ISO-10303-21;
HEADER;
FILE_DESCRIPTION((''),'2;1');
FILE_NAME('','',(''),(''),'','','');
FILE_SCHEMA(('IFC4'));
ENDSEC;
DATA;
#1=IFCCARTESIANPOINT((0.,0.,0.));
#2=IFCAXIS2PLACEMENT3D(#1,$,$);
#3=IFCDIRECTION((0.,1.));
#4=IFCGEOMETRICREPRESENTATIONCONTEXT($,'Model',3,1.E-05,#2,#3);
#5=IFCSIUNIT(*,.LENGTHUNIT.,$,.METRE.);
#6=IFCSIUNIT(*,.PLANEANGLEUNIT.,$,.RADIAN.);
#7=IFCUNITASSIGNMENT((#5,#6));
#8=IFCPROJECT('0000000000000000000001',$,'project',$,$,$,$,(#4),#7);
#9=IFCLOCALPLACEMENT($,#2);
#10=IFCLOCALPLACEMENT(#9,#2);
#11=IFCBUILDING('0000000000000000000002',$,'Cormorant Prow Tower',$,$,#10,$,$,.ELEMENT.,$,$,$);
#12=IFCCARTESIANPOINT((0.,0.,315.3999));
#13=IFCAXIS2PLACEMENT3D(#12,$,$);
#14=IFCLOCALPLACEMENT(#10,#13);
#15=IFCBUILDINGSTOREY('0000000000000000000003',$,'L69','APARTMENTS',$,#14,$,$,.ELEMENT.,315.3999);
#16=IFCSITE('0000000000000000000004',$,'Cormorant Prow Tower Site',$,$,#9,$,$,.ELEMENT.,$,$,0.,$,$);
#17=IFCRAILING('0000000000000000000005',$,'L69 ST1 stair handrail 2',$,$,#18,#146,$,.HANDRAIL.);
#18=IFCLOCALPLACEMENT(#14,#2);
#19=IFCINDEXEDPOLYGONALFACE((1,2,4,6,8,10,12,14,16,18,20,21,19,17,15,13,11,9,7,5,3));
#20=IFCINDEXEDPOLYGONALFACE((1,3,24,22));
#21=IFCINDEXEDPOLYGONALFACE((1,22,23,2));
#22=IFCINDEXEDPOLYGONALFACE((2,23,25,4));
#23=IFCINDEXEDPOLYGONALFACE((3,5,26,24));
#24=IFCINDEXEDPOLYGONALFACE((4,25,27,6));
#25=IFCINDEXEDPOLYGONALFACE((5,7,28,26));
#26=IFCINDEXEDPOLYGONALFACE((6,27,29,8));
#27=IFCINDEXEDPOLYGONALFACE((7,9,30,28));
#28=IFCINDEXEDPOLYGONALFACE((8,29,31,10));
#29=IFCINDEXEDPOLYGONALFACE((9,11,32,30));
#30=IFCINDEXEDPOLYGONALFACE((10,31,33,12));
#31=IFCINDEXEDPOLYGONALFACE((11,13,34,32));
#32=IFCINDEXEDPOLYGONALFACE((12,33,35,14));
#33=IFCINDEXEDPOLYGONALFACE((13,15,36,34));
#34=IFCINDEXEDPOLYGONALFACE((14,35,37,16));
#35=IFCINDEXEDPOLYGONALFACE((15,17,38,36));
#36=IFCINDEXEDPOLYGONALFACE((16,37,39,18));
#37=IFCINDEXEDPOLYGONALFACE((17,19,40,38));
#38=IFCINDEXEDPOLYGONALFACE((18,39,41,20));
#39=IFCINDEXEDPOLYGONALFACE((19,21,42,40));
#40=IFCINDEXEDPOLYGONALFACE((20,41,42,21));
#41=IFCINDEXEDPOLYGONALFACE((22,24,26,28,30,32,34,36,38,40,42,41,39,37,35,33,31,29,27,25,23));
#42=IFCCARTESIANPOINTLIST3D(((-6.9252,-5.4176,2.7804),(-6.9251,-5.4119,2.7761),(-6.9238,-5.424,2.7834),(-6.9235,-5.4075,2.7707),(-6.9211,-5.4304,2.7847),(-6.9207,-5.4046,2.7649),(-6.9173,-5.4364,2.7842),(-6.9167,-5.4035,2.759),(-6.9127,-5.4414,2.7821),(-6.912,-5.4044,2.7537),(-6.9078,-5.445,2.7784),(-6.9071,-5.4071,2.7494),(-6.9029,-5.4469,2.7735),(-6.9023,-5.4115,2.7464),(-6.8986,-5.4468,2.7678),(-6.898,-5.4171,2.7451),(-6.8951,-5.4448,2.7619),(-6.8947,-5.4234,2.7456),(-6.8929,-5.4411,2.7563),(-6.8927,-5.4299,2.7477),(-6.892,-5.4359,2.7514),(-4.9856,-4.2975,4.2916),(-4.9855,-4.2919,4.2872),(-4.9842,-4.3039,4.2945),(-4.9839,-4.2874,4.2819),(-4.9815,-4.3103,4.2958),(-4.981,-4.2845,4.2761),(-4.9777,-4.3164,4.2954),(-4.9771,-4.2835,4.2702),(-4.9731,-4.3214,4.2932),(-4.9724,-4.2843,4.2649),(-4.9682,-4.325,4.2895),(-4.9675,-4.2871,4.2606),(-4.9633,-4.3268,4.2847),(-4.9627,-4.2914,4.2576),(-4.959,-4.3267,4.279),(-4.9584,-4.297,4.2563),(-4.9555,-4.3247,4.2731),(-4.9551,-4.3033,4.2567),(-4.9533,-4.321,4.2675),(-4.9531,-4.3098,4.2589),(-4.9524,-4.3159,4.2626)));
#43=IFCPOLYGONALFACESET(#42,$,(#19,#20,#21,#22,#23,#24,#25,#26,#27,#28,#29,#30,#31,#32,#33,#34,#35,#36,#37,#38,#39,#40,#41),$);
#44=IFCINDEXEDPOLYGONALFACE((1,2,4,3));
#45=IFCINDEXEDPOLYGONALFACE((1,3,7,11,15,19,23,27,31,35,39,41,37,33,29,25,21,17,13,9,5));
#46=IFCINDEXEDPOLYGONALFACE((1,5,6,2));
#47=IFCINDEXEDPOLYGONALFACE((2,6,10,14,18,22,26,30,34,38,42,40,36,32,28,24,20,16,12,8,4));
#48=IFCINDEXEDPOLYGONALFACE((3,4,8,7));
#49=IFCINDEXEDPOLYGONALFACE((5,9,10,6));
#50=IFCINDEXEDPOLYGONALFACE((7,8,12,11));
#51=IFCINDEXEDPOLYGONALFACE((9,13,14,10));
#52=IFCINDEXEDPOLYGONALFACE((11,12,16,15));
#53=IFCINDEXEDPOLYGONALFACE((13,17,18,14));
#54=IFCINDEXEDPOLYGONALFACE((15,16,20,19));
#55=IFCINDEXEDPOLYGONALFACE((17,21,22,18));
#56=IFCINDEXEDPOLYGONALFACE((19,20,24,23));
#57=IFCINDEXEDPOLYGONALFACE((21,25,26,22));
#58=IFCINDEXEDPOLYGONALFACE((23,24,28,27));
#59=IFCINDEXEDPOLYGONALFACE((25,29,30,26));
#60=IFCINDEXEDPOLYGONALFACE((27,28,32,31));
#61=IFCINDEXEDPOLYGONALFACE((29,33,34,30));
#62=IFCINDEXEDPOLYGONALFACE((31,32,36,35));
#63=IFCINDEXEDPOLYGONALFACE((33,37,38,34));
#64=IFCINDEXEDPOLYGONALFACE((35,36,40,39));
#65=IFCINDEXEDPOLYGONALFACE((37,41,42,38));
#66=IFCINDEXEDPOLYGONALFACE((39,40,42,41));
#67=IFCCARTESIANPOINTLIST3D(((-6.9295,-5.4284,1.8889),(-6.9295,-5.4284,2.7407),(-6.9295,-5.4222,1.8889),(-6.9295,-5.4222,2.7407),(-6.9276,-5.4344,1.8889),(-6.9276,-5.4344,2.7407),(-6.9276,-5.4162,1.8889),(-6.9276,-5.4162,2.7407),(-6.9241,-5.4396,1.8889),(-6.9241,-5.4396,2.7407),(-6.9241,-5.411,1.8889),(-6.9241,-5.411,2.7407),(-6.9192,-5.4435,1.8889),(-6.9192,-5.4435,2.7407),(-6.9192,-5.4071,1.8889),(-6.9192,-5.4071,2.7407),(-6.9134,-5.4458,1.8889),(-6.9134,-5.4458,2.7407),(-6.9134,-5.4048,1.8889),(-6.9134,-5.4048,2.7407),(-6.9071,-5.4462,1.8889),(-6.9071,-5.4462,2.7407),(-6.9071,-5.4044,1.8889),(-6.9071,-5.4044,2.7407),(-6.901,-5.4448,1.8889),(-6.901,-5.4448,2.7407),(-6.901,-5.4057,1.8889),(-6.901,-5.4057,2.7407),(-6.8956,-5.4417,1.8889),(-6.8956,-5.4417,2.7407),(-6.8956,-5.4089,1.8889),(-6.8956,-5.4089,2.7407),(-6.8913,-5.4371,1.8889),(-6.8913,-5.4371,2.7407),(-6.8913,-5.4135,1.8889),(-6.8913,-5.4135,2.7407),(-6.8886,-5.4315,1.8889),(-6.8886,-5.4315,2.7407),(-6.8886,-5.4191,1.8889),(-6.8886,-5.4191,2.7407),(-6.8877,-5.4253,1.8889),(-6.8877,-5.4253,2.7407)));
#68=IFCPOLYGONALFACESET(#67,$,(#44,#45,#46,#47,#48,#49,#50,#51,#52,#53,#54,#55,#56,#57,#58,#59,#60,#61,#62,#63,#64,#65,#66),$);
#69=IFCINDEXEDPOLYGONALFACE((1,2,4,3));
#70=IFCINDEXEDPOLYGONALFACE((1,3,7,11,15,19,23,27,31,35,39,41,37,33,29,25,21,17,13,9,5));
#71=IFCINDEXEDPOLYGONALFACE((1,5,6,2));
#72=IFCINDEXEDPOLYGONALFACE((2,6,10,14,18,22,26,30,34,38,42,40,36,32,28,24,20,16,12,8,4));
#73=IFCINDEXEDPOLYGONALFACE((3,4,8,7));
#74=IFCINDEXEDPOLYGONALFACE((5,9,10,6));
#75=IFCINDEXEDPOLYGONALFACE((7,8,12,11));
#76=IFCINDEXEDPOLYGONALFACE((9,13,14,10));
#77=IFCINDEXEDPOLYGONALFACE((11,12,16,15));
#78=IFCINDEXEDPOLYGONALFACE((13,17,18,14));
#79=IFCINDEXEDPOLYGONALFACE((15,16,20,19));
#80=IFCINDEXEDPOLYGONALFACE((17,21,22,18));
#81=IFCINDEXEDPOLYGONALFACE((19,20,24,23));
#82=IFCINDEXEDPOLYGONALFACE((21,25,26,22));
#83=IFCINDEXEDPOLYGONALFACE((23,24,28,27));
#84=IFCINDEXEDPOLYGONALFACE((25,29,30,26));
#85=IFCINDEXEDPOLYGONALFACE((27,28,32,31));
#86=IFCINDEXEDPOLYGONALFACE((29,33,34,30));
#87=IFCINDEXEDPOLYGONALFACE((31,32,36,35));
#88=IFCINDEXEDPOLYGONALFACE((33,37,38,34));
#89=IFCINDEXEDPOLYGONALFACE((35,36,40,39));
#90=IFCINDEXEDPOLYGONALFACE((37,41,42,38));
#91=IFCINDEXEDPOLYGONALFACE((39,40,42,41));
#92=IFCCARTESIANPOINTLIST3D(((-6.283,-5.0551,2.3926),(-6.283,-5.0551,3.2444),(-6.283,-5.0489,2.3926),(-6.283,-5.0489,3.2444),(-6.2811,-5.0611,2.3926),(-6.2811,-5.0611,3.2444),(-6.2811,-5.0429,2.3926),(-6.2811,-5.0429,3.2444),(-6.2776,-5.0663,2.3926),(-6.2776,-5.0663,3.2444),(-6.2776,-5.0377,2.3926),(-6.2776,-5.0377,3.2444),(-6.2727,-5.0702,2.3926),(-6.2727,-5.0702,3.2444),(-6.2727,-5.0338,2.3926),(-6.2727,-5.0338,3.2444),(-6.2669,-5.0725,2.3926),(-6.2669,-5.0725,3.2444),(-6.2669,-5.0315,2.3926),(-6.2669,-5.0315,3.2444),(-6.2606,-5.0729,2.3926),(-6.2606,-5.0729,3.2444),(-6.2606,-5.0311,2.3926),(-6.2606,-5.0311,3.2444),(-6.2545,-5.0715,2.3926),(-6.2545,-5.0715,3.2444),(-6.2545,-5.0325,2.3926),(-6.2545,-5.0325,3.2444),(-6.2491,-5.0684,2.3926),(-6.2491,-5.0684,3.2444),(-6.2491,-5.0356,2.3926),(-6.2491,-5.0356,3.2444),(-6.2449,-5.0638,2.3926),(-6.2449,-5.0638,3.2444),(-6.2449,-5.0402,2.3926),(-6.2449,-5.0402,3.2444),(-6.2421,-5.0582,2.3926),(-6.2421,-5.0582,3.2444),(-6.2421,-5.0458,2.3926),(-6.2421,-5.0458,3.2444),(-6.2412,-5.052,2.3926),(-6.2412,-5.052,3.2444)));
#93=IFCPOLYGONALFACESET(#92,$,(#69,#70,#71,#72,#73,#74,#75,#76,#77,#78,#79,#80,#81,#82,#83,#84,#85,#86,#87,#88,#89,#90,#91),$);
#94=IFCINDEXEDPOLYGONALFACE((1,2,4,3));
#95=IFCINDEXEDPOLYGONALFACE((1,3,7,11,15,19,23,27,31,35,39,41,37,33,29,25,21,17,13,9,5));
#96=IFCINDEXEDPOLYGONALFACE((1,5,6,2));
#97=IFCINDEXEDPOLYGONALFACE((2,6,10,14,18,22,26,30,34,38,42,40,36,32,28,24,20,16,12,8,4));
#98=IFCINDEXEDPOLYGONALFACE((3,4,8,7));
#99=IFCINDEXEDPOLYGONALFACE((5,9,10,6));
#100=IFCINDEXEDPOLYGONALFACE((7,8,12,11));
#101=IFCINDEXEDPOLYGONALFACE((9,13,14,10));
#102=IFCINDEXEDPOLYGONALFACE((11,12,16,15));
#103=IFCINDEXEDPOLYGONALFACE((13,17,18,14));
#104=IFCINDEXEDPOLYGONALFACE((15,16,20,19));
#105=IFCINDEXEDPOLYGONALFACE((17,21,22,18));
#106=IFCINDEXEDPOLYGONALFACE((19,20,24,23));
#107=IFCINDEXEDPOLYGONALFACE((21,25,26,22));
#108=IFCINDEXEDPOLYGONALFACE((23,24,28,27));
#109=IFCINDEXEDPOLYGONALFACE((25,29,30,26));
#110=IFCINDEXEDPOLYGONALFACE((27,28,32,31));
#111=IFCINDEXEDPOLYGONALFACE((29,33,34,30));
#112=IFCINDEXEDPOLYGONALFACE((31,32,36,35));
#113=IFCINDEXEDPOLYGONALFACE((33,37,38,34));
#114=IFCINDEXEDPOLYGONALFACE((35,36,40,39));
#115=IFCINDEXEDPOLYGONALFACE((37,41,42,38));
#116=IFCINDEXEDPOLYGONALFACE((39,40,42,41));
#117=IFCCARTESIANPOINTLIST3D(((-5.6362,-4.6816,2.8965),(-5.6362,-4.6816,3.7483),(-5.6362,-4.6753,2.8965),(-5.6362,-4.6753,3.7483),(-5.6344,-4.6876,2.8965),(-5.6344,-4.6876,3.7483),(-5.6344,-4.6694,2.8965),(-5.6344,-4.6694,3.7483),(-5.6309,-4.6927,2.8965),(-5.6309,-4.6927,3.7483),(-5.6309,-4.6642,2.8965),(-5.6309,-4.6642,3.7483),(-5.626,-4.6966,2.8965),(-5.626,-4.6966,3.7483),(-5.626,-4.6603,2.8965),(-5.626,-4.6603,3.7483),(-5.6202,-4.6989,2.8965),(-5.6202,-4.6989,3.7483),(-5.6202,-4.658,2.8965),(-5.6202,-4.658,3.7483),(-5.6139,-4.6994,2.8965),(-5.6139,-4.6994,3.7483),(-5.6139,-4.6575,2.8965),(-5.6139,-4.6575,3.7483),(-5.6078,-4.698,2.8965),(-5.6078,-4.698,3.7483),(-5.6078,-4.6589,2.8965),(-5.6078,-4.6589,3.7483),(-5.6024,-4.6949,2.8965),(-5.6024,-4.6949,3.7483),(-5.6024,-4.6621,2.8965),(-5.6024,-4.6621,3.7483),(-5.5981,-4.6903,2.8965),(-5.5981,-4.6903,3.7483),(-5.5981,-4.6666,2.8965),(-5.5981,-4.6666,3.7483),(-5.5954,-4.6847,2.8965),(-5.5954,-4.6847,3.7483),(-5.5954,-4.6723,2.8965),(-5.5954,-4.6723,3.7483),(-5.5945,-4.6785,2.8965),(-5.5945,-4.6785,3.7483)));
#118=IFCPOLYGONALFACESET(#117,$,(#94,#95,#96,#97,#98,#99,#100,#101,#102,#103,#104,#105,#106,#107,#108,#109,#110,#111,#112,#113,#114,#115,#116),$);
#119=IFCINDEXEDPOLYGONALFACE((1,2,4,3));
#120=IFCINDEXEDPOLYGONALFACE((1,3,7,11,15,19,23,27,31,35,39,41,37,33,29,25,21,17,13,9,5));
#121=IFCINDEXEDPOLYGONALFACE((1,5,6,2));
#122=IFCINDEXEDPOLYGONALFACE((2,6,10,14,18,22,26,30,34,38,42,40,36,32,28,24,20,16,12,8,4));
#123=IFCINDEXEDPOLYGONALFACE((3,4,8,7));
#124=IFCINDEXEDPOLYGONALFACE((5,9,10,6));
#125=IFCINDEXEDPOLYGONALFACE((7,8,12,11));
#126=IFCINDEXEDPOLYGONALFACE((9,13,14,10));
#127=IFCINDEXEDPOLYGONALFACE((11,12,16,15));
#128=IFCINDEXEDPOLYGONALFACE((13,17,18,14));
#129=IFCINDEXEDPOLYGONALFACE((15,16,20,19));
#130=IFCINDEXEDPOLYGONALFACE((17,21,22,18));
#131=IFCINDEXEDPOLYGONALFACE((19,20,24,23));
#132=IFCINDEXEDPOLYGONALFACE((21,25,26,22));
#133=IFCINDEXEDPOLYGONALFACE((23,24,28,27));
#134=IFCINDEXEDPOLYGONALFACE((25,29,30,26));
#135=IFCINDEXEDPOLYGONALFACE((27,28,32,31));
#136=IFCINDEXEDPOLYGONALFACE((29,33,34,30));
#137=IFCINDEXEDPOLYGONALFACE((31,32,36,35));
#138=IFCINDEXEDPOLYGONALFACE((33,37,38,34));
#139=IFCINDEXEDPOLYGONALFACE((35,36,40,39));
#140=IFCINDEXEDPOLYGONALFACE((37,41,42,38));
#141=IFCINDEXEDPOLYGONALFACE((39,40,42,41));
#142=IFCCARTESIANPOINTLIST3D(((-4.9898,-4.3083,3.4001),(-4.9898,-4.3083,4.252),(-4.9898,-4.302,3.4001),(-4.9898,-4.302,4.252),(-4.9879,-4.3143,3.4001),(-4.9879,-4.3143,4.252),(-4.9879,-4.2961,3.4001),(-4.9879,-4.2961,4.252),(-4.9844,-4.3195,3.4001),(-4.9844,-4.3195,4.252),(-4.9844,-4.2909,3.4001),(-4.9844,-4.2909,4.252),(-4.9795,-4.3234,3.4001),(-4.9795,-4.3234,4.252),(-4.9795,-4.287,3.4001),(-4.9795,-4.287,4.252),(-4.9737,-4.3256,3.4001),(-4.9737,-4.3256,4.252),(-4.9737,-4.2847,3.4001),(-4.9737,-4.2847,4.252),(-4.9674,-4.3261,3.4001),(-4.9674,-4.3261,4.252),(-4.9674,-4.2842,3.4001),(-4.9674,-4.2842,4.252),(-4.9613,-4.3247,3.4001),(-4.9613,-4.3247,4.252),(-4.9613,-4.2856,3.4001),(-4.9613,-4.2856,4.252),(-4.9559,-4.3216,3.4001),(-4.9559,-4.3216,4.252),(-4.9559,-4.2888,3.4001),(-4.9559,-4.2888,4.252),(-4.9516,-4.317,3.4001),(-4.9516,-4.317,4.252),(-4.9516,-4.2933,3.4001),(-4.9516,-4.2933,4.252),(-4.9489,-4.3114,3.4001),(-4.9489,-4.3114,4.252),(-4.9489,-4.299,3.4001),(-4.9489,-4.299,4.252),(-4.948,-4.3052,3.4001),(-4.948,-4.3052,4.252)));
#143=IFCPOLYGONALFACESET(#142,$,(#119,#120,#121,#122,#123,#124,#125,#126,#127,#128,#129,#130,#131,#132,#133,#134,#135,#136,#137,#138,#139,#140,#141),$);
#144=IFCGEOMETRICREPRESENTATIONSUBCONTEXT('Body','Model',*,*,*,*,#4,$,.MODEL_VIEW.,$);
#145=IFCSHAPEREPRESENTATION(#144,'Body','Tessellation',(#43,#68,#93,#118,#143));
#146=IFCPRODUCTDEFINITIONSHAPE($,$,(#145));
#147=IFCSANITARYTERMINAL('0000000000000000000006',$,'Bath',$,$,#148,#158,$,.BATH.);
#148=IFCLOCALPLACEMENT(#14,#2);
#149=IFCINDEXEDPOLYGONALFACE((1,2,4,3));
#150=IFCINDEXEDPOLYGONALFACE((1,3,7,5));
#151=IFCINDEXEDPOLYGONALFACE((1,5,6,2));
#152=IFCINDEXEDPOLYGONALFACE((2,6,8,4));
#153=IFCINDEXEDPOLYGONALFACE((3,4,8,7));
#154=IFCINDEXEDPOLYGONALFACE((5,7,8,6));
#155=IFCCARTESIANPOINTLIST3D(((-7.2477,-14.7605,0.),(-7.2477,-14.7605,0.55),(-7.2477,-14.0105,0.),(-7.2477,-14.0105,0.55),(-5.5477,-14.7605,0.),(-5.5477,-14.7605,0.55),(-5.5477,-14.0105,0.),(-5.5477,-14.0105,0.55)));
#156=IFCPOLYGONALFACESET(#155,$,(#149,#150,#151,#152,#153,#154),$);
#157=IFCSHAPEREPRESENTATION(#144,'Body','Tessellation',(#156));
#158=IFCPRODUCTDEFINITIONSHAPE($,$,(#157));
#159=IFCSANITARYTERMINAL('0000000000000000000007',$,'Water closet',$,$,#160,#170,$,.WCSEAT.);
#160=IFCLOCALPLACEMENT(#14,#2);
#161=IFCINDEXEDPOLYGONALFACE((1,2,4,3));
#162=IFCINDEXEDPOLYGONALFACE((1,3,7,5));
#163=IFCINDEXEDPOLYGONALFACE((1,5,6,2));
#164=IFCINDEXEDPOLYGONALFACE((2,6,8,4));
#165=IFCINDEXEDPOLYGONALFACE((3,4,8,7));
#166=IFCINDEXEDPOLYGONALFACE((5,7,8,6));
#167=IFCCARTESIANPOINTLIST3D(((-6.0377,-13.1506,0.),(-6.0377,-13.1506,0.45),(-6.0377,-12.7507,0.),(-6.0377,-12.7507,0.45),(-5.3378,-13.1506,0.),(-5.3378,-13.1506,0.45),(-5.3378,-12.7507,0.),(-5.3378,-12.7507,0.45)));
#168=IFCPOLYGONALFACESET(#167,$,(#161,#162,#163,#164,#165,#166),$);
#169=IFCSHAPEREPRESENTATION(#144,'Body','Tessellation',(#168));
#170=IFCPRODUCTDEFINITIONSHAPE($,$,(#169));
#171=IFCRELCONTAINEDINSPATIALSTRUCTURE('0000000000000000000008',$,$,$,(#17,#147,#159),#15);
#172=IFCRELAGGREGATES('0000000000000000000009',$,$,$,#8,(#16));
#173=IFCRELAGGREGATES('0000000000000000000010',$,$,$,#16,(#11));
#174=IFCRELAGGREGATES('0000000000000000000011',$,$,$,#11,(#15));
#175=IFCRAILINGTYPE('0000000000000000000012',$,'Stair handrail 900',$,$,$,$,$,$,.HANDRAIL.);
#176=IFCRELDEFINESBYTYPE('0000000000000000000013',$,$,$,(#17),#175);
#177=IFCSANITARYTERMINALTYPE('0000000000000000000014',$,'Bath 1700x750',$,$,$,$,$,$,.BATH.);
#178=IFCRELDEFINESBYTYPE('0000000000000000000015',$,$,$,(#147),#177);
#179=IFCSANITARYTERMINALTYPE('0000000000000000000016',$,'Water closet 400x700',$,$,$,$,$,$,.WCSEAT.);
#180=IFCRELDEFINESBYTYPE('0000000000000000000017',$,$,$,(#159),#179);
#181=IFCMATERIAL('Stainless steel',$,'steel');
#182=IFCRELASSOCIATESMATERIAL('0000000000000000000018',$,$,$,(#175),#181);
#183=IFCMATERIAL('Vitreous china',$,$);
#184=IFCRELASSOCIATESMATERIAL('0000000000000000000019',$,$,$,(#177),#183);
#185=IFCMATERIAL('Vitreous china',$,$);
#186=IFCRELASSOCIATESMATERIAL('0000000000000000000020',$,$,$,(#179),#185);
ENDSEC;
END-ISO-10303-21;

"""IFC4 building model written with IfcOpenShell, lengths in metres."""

from ifc_helpers import new_model, si_unit, direction, frame, origin, origin_2d, place, context, subcontext, project, spatial, rectangle, circle, extrude, material, type_object, element, save


model = new_model("IFC4")

# Units and contexts
model_context = context("Model", 3, precision=1e-05, world=origin(), true_north=direction((0.0, 1.0)))
body_context = subcontext(model_context, "Body", "Model", "MODEL_VIEW")
ifc_project = project(units=[si_unit("LENGTHUNIT", "METRE"), si_unit("PLANEANGLEUNIT", "RADIAN")], contexts=[model_context])

# Site, building, storey
site_placement = place(None, origin())
site = spatial("IfcSite", under=ifc_project, at=site_placement, Name="Cormorant Prow Tower Site", CompositionType="ELEMENT", RefElevation=0.0)
building_placement = place(site_placement, origin())
building = spatial("IfcBuilding", under=site, at=building_placement, Name="Cormorant Prow Tower", CompositionType="ELEMENT")
storey_placement = place(building_placement, frame((0.0, 0.0, 315.3999)))
storey = spatial("IfcBuildingStorey", under=building, at=storey_placement, Name="L69", Description="APARTMENTS", CompositionType="ELEMENT", Elevation=315.3999)

# Railing
ifc_material_1 = material(Name="Stainless steel", Category="steel")
railing_type_1 = type_object("IfcRailingType", Name="Stair handrail 900", PredefinedType="HANDRAIL", material=ifc_material_1)
railing_1_placement = place(storey_placement, frame((-6.9087, -5.4253, 1.8889)))
element("IfcRailing", 1, at=railing_1_placement, inside=storey, type_object=railing_type_1, Name="L69 ST1 stair handrail 2", PredefinedType="HANDRAIL", context=body_context, shape_type="SweptSolid", body=[
    extrude(circle(Radius=0.0239, at=origin_2d()), frame((0.0, 0.0, 0.876), z_axis=(0.71787, 0.414548, 0.559297), x_axis=(-0.500078, 0.86598, 0.0)), (0.0, 0.0, 1.0), 2.7019),
    extrude(circle(Radius=0.021, at=origin_2d()), origin(), (0.0, 0.0, 1.0), 0.8518),
    extrude(circle(Radius=0.021, at=origin_2d()), frame((0.6465, 0.3733, 0.5037)), (0.0, 0.0, 1.0), 0.8518),
    extrude(circle(Radius=0.021, at=origin_2d()), frame((1.2932, 0.7468, 1.0076)), (0.0, 0.0, 1.0), 0.8518),
    extrude(circle(Radius=0.021, at=origin_2d()), frame((1.9397, 1.1201, 1.5112)), (0.0, 0.0, 1.0), 0.8518),
])

# Sanitary terminals
ifc_material_2 = material(Name="Vitreous china")
sanitary_terminal_type_1 = type_object("IfcSanitaryTerminalType", Name="Bath 1700x750", PredefinedType="BATH", material=ifc_material_2)
sanitary_terminal_1_placement = place(storey_placement, frame((-6.3977, -14.3855, 0.0), z_axis=(0.0, 0.0, 1.0), x_axis=(1.0, 0.0, 0.0)))
element("IfcSanitaryTerminal", 2, at=sanitary_terminal_1_placement, inside=storey, type_object=sanitary_terminal_type_1, Name="Bath", PredefinedType="BATH", context=body_context, shape_type="SweptSolid", body=[
    extrude(rectangle(XDim=1.7, YDim=0.75, at=origin_2d()), origin(), (0.0, 0.0, 1.0), 0.55),
])
ifc_material_3 = material(Name="Vitreous china")
sanitary_terminal_type_2 = type_object("IfcSanitaryTerminalType", Name="Water closet 400x700", PredefinedType="WCSEAT", material=ifc_material_3)
sanitary_terminal_2_placement = place(storey_placement, frame((-5.6877, -12.9507, 0.0), z_axis=(0.0, 0.0, 1.0), x_axis=(0.0, -1.0, 0.0)))
element("IfcSanitaryTerminal", 3, at=sanitary_terminal_2_placement, inside=storey, type_object=sanitary_terminal_type_2, Name="Water closet", PredefinedType="WCSEAT", context=body_context, shape_type="SweptSolid", body=[
    extrude(rectangle(XDim=0.3999, YDim=0.7, at=origin_2d()), origin(), (0.0, 0.0, 1.0), 0.45),
])

save(model, "model.ifc")
